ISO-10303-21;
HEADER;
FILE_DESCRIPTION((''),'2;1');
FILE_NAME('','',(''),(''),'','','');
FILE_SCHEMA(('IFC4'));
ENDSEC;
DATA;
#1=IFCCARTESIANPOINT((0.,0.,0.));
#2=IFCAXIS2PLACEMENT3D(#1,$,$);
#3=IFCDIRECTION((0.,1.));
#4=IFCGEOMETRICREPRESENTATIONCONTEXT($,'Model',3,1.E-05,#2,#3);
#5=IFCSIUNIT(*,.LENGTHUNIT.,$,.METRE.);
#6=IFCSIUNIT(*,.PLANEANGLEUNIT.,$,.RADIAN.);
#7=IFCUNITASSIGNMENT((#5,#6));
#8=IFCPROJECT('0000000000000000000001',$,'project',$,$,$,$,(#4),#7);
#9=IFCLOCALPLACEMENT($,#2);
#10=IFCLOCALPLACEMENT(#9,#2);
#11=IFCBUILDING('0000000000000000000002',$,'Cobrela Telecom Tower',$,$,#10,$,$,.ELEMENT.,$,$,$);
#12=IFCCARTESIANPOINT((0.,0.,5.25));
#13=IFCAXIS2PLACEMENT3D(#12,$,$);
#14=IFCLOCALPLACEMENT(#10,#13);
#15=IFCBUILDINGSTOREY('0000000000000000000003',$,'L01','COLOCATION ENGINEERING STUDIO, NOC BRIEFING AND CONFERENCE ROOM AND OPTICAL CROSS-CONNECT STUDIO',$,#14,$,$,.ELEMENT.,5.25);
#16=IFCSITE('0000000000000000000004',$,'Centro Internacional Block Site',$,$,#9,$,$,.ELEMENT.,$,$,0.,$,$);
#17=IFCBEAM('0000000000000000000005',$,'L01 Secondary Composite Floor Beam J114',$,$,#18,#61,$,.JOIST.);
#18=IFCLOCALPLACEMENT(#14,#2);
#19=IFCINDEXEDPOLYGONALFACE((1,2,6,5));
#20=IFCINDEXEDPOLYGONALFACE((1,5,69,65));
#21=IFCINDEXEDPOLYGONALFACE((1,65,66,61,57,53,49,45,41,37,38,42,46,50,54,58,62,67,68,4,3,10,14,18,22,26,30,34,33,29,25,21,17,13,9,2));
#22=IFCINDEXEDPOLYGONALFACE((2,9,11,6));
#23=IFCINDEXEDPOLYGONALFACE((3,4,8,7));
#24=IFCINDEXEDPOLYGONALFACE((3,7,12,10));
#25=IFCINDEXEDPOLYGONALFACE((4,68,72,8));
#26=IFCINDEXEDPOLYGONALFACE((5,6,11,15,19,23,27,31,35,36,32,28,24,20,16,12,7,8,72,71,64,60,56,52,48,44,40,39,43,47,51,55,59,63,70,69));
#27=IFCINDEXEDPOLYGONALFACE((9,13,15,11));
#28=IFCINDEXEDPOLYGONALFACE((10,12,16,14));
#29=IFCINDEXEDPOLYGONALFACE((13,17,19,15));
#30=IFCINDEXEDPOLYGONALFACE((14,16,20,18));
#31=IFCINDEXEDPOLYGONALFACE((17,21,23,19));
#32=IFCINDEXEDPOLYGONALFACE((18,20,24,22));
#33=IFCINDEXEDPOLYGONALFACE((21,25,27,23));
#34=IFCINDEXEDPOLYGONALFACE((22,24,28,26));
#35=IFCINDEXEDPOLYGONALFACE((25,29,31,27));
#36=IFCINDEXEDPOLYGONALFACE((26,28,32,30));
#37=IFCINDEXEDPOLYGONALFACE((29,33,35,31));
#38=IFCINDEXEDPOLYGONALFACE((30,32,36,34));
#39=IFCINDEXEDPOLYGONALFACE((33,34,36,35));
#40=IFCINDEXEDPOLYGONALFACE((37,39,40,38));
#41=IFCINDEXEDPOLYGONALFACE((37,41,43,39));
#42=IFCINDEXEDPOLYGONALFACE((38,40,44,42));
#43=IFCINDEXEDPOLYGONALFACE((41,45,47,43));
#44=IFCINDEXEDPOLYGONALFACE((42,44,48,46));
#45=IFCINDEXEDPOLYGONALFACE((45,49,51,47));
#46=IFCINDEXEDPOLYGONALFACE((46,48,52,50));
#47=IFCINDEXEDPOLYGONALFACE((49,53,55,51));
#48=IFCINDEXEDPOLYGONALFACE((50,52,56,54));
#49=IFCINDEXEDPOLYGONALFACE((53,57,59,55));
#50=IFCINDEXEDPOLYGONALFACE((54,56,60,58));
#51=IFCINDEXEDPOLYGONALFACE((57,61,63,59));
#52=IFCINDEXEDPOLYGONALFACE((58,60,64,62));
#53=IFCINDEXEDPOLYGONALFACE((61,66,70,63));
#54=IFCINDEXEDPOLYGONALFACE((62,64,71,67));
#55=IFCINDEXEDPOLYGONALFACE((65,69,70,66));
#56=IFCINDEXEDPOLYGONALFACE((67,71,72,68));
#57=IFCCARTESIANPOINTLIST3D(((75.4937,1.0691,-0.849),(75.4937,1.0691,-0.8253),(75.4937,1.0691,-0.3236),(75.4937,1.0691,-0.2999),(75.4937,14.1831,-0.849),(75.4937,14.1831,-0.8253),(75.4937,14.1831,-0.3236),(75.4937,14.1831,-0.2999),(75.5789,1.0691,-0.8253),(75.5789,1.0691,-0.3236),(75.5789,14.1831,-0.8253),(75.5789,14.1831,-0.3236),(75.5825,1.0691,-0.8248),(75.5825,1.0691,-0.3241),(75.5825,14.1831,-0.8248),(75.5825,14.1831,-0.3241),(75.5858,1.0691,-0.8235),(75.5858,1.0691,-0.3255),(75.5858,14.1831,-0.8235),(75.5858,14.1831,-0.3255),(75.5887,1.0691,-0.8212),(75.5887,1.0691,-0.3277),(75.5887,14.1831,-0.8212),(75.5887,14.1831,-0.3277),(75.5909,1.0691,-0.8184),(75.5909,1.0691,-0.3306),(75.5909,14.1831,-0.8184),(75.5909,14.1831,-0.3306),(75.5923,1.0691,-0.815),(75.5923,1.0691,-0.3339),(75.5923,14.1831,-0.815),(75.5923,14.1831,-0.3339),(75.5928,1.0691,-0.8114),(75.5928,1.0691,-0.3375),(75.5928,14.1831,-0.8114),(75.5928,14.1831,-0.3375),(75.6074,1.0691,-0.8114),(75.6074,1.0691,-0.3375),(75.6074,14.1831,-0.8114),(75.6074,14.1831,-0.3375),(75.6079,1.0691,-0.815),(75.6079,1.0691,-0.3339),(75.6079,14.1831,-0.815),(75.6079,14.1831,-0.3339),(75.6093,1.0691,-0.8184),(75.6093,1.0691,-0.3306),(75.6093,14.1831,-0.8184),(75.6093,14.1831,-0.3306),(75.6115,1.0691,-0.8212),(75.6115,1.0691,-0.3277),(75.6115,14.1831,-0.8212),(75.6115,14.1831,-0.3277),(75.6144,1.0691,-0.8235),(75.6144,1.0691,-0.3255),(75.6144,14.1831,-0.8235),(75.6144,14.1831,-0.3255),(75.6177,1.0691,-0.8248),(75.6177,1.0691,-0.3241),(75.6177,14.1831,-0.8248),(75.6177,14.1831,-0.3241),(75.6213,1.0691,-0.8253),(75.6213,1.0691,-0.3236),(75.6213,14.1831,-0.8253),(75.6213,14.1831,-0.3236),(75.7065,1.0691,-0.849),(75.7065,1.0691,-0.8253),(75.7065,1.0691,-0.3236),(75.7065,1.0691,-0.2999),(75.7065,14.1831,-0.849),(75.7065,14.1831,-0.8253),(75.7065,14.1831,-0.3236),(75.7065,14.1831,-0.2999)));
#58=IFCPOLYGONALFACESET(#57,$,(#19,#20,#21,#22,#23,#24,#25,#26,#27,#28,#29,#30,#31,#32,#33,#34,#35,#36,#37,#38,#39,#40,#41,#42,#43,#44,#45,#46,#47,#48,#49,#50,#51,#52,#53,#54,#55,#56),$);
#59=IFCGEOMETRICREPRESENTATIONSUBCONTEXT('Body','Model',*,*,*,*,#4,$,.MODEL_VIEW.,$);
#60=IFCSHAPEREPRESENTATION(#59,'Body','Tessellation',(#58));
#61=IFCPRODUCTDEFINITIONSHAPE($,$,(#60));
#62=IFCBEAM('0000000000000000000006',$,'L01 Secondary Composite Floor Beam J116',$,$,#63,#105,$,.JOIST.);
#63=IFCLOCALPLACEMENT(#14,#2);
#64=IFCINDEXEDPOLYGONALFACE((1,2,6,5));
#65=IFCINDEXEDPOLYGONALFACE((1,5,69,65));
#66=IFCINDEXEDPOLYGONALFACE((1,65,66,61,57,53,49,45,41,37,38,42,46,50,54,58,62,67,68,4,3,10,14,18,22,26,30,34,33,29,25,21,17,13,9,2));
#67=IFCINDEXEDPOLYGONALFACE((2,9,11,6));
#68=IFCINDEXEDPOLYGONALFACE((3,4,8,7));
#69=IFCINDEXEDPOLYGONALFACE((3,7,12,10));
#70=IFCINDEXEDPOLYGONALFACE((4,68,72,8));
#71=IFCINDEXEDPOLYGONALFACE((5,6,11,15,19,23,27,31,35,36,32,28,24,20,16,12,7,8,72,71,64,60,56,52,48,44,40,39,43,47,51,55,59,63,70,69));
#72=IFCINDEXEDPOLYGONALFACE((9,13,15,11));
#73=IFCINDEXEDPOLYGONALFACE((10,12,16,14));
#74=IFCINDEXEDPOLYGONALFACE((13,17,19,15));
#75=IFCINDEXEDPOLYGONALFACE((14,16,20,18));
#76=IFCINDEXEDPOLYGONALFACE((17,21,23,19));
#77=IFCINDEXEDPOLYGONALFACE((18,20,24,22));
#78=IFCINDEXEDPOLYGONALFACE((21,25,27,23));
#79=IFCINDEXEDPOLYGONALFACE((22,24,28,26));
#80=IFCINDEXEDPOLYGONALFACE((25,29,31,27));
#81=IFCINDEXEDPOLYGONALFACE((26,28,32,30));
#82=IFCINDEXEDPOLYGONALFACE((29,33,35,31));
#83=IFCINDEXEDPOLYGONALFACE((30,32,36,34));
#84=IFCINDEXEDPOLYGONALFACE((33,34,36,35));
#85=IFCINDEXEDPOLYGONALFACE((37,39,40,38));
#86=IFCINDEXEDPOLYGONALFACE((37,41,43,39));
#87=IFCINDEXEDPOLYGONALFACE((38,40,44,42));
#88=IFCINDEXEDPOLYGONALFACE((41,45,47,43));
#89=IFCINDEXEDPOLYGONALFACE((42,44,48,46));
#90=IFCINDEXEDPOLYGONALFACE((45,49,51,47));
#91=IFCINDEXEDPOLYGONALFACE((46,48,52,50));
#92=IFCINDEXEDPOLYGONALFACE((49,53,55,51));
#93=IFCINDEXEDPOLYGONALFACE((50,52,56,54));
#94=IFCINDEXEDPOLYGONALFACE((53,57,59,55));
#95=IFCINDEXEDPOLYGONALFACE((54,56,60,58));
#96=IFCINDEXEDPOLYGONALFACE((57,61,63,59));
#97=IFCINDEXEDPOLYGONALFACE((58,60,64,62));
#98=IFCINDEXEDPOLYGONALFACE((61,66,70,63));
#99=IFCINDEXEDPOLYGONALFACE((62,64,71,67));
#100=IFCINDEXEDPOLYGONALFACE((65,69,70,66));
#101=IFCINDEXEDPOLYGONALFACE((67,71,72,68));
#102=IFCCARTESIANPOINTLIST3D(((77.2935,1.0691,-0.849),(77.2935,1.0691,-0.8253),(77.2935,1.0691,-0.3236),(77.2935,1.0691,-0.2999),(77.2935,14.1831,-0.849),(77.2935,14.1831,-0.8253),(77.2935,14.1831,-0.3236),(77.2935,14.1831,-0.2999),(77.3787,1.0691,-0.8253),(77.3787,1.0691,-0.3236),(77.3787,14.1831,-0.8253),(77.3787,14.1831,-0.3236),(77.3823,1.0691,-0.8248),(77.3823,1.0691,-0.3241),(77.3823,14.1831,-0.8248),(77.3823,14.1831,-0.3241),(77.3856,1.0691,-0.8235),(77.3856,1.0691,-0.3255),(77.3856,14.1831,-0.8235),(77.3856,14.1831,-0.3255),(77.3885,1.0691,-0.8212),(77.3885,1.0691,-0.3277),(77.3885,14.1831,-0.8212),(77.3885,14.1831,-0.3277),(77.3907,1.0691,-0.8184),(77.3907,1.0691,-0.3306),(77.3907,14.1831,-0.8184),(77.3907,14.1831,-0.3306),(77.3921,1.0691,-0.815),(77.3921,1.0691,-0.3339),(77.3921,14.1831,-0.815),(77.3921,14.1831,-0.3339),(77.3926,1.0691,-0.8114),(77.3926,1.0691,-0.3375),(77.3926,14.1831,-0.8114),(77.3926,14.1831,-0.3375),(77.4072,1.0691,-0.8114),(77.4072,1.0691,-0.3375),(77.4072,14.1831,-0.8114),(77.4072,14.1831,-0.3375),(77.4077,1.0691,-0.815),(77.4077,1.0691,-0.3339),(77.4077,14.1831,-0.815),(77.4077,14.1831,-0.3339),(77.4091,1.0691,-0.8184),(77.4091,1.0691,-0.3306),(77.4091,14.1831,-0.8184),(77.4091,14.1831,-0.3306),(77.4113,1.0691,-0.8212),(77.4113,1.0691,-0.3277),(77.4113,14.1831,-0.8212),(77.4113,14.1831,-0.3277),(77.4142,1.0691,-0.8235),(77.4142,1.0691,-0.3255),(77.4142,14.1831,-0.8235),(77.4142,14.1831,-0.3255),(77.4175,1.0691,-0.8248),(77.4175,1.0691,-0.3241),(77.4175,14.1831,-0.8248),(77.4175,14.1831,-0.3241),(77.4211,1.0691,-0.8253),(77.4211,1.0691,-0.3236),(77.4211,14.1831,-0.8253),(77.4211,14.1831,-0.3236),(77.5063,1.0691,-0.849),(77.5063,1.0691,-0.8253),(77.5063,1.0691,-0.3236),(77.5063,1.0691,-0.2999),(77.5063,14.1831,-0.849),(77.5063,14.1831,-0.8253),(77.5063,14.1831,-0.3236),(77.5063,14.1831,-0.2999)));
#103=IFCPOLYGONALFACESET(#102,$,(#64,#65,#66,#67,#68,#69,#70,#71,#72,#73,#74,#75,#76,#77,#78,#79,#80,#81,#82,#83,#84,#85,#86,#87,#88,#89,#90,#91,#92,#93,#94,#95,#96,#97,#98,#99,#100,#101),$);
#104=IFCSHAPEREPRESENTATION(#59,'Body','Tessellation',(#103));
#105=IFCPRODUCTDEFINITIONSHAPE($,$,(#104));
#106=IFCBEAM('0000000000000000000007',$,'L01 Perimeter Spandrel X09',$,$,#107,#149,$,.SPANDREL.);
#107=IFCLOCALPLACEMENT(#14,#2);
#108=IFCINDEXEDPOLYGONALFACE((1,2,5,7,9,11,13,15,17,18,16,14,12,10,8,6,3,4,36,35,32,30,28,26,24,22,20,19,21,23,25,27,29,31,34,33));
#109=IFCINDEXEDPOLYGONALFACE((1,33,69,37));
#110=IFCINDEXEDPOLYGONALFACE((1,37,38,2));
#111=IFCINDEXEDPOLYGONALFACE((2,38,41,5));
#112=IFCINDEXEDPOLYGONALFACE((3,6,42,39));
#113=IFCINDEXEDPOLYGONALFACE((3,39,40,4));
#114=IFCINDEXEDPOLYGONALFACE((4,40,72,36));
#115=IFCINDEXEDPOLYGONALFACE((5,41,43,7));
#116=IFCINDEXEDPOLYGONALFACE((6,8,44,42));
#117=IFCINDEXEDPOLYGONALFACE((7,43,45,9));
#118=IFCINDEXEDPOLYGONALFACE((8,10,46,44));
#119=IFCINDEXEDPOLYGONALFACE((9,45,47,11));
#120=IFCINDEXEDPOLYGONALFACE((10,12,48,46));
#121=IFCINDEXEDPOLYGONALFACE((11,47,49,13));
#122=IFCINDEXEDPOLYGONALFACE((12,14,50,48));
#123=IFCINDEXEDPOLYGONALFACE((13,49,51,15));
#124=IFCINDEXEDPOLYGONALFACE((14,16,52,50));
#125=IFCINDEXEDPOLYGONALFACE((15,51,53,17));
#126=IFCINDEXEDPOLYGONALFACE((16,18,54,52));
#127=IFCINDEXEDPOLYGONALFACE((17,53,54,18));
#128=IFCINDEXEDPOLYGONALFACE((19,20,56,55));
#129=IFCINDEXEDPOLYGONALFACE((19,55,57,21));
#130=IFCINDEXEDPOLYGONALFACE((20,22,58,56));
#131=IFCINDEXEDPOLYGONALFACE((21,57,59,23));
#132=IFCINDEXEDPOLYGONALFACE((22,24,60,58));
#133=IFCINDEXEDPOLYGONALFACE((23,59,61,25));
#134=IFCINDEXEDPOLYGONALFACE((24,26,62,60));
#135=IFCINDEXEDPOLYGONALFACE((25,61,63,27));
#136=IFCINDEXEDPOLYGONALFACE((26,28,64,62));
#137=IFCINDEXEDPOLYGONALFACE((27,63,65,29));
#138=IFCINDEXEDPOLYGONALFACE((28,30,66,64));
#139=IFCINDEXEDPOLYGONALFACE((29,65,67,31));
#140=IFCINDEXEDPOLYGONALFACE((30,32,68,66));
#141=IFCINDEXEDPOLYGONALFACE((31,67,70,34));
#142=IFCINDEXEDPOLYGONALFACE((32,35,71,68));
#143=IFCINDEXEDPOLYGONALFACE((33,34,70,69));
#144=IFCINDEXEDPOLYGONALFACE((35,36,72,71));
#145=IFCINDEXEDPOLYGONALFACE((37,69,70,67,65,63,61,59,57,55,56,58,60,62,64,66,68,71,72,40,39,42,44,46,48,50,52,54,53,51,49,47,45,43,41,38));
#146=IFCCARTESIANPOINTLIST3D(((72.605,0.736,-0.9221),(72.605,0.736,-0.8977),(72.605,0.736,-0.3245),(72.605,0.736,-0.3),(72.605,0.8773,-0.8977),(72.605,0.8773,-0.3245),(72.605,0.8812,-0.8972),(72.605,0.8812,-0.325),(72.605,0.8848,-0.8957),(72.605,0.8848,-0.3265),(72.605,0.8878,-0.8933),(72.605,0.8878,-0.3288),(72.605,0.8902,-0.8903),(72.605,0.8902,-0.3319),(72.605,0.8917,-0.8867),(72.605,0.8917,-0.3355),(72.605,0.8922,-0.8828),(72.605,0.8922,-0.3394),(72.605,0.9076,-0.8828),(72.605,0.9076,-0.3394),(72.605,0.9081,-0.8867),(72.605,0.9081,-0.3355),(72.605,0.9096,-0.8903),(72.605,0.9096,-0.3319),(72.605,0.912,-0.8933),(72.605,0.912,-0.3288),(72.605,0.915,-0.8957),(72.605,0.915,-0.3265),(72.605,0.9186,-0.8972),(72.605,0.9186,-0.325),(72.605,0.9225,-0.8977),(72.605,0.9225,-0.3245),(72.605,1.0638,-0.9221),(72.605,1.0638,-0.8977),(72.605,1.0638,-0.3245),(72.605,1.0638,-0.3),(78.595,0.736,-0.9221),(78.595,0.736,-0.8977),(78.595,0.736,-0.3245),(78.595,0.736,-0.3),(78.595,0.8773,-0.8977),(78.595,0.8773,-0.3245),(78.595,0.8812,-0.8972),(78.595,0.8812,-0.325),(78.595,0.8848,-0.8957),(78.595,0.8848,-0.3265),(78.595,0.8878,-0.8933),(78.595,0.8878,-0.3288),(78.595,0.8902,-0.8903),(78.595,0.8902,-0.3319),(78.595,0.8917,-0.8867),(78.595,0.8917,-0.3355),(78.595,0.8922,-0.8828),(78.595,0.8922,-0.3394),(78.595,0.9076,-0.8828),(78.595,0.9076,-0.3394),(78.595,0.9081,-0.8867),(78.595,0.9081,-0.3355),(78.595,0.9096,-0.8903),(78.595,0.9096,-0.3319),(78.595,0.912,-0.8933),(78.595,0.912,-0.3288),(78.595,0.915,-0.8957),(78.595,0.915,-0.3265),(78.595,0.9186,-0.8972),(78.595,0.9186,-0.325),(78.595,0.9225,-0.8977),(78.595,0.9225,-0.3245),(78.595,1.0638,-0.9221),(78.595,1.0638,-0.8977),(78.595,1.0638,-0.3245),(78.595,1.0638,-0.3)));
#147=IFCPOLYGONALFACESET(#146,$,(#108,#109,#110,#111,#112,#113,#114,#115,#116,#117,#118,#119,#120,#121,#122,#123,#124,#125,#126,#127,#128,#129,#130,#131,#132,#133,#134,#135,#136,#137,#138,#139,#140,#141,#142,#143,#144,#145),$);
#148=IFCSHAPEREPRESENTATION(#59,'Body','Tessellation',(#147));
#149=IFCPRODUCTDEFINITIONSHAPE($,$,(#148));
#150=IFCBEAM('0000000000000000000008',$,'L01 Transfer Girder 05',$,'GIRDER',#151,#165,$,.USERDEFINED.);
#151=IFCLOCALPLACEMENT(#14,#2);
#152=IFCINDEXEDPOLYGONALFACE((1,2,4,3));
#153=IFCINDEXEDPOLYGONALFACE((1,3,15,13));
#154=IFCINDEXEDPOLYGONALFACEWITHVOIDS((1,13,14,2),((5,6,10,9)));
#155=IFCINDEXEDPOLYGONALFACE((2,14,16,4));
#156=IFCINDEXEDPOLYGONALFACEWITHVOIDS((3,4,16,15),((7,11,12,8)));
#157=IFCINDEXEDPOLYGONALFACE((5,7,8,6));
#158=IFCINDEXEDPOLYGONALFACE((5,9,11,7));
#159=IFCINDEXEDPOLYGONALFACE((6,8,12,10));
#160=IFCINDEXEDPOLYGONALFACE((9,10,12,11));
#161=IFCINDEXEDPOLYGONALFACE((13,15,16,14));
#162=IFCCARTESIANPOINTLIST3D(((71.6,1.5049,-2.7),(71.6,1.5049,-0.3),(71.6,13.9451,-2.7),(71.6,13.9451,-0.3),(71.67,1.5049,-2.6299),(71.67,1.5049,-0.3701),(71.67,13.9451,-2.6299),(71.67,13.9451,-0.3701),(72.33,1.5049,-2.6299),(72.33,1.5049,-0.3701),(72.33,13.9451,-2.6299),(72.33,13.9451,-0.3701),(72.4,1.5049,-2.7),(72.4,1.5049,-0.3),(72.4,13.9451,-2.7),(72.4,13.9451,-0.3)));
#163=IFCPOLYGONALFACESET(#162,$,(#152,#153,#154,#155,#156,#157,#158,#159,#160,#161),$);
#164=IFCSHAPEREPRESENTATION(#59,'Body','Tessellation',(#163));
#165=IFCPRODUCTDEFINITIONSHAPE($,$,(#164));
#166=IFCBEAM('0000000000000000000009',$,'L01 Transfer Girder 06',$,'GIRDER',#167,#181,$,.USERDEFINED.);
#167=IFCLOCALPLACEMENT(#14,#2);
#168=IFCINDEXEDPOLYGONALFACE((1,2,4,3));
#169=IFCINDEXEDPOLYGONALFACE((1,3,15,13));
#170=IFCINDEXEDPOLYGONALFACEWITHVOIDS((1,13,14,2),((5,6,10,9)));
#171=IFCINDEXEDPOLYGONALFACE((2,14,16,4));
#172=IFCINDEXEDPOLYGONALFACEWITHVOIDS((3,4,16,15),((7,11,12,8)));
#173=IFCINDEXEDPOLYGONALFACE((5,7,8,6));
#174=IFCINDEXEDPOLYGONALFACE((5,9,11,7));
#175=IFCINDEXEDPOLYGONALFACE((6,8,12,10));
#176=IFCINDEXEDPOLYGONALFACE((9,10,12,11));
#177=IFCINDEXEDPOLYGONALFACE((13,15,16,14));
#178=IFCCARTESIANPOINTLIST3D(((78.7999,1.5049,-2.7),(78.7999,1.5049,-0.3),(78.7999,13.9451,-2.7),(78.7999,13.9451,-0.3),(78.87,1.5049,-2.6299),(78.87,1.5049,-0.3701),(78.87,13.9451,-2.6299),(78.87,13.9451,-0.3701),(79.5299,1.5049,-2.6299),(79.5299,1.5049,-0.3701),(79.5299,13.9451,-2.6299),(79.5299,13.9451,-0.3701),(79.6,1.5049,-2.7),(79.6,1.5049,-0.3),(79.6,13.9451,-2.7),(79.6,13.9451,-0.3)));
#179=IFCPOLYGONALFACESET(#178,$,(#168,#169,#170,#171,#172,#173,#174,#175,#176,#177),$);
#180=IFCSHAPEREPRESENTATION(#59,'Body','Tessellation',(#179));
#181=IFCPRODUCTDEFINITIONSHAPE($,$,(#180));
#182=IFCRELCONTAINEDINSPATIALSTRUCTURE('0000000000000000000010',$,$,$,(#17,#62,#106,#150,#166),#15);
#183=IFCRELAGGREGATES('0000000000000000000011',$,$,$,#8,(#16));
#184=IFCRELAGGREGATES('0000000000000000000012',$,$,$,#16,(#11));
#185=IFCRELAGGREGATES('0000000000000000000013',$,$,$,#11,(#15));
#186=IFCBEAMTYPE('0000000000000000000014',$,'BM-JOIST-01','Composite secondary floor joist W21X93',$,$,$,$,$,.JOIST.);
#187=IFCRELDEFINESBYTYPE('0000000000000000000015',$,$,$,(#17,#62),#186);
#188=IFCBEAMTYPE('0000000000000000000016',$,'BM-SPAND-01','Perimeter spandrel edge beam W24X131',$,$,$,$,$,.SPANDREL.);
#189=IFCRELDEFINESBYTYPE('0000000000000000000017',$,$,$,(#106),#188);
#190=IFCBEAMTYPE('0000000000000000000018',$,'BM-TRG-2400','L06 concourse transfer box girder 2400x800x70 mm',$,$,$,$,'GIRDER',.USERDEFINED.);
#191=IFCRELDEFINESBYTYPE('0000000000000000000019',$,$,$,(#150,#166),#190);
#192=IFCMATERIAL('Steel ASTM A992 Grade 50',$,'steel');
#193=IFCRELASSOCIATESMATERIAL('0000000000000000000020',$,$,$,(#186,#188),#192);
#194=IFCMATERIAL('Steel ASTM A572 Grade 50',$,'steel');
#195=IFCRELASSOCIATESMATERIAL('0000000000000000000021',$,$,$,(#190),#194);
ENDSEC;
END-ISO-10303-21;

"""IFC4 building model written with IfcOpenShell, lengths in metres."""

from ifc_helpers import new_model, si_unit, direction, frame, origin, origin_2d, place, context, subcontext, project, spatial, hollow_rectangle, i_section, extrude, material, material_profile, profile_set, type_object, element, save


model = new_model("IFC4")

# Units and contexts
model_context = context("Model", 3, precision=1e-05, world=origin(), true_north=direction((0.0, 1.0)))
body_context = subcontext(model_context, "Body", "Model", "MODEL_VIEW")
ifc_project = project(units=[si_unit("LENGTHUNIT", "METRE"), si_unit("PLANEANGLEUNIT", "RADIAN")], contexts=[model_context])

# Site, building, storey
site_placement = place(None, origin())
site = spatial("IfcSite", under=ifc_project, at=site_placement, Name="Centro Internacional Block Site", CompositionType="ELEMENT", RefElevation=0.0)
building_placement = place(site_placement, origin())
building = spatial("IfcBuilding", under=site, at=building_placement, Name="Cobrela Telecom Tower", CompositionType="ELEMENT")
storey_placement = place(building_placement, frame((0.0, 0.0, 5.25)))
storey = spatial("IfcBuildingStorey", under=building, at=storey_placement, Name="L01", Description="COLOCATION ENGINEERING STUDIO, NOC BRIEFING AND CONFERENCE ROOM AND OPTICAL CROSS-CONNECT STUDIO", CompositionType="ELEMENT", Elevation=5.25)

# Shared definitions
ifc_material_1 = material(Name="Steel ASTM A572 Grade 50", Category="steel")

# Beams
ifc_material_2 = material(Name="Steel ASTM A992 Grade 50", Category="steel")
ifc_material_profile_1 = material_profile(ifc_material_2, i_section(OverallWidth=0.2129, OverallDepth=0.5491, WebThickness=0.0146, FlangeThickness=0.0237, FilletRadius=0.0139, at=origin_2d()), Name="W21X93")
ifc_profile_set_1 = profile_set([ifc_material_profile_1], Name="Steel ASTM A992 Grade 50")
beam_type_1 = type_object("IfcBeamType", Name="BM-JOIST-01", Description="Composite secondary floor joist W21X93", PredefinedType="JOIST", material=ifc_profile_set_1)
for number, where, z_axis, x_axis, name in (
    (1, (75.6001, 1.0691, -0.5745), (0.0, 1.0, 0.0), (-1.0, 0.0, 0.0), "L01 Secondary Composite Floor Beam J114"),
    (2, (77.3999, 1.0691, -0.5745), (0.0, 1.0, 0.0), (-1.0, 0.0, 0.0), "L01 Secondary Composite Floor Beam J116"),
):
    element("IfcBeam", number, at=place(storey_placement, frame(where, z_axis=z_axis, x_axis=x_axis)), inside=storey, type_object=beam_type_1, Name=name, PredefinedType="JOIST", context=body_context, shape_type="SweptSolid", body=[
        extrude(i_section(OverallWidth=0.2129, OverallDepth=0.5491, WebThickness=0.0146, FlangeThickness=0.0237, FilletRadius=0.0139, at=origin_2d()), origin(), (0.0, 0.0, 1.0), 13.114),
    ])
ifc_material_profile_2 = material_profile(ifc_material_2, i_section(OverallWidth=0.3279, OverallDepth=0.6221, WebThickness=0.0154, FlangeThickness=0.0244, FilletRadius=0.0149, at=origin_2d()), Name="W24X131")
ifc_profile_set_2 = profile_set([ifc_material_profile_2], Name="Steel ASTM A992 Grade 50")
beam_type_2 = type_object("IfcBeamType", Name="BM-SPAND-01", Description="Perimeter spandrel edge beam W24X131", PredefinedType="SPANDREL", material=ifc_profile_set_2)
beam_1_placement = place(storey_placement, frame((72.605, 0.8999, -0.6111), z_axis=(1.0, 0.0, 0.0), x_axis=(0.0, 1.0, 0.0)))
element("IfcBeam", 3, at=beam_1_placement, inside=storey, type_object=beam_type_2, Name="L01 Perimeter Spandrel X09", PredefinedType="SPANDREL", context=body_context, shape_type="SweptSolid", body=[
    extrude(i_section(OverallWidth=0.3279, OverallDepth=0.6221, WebThickness=0.0154, FlangeThickness=0.0244, FilletRadius=0.0149, at=origin_2d()), origin(), (0.0, 0.0, 1.0), 5.99),
])
ifc_material_profile_3 = material_profile(ifc_material_1, hollow_rectangle(XDim=0.8, YDim=2.3999, WallThickness=0.0701, at=origin_2d()), Name="BOX 2400x800x70")
ifc_profile_set_3 = profile_set([ifc_material_profile_3], Name="Steel ASTM A572 Grade 50")
beam_type_3 = type_object("IfcBeamType", Name="BM-TRG-2400", Description="L06 concourse transfer box girder 2400x800x70 mm", ElementType="GIRDER", PredefinedType="USERDEFINED", material=ifc_profile_set_3)
for number, where, z_axis, x_axis, name in (
    (4, (72.0, 1.5049, -1.5), (0.0, 1.0, 0.0), (-1.0, 0.0, 0.0), "L01 Transfer Girder 05"),
    (5, (79.2, 1.5049, -1.5), (0.0, 1.0, 0.0), (-1.0, 0.0, 0.0), "L01 Transfer Girder 06"),
):
    element("IfcBeam", number, at=place(storey_placement, frame(where, z_axis=z_axis, x_axis=x_axis)), inside=storey, type_object=beam_type_3, Name=name, ObjectType="GIRDER", PredefinedType="USERDEFINED", context=body_context, shape_type="SweptSolid", body=[
        extrude(hollow_rectangle(XDim=0.8, YDim=2.3999, WallThickness=0.0701, at=origin_2d()), origin(), (0.0, 0.0, 1.0), 12.4402),
    ])

save(model, "model.ifc")
